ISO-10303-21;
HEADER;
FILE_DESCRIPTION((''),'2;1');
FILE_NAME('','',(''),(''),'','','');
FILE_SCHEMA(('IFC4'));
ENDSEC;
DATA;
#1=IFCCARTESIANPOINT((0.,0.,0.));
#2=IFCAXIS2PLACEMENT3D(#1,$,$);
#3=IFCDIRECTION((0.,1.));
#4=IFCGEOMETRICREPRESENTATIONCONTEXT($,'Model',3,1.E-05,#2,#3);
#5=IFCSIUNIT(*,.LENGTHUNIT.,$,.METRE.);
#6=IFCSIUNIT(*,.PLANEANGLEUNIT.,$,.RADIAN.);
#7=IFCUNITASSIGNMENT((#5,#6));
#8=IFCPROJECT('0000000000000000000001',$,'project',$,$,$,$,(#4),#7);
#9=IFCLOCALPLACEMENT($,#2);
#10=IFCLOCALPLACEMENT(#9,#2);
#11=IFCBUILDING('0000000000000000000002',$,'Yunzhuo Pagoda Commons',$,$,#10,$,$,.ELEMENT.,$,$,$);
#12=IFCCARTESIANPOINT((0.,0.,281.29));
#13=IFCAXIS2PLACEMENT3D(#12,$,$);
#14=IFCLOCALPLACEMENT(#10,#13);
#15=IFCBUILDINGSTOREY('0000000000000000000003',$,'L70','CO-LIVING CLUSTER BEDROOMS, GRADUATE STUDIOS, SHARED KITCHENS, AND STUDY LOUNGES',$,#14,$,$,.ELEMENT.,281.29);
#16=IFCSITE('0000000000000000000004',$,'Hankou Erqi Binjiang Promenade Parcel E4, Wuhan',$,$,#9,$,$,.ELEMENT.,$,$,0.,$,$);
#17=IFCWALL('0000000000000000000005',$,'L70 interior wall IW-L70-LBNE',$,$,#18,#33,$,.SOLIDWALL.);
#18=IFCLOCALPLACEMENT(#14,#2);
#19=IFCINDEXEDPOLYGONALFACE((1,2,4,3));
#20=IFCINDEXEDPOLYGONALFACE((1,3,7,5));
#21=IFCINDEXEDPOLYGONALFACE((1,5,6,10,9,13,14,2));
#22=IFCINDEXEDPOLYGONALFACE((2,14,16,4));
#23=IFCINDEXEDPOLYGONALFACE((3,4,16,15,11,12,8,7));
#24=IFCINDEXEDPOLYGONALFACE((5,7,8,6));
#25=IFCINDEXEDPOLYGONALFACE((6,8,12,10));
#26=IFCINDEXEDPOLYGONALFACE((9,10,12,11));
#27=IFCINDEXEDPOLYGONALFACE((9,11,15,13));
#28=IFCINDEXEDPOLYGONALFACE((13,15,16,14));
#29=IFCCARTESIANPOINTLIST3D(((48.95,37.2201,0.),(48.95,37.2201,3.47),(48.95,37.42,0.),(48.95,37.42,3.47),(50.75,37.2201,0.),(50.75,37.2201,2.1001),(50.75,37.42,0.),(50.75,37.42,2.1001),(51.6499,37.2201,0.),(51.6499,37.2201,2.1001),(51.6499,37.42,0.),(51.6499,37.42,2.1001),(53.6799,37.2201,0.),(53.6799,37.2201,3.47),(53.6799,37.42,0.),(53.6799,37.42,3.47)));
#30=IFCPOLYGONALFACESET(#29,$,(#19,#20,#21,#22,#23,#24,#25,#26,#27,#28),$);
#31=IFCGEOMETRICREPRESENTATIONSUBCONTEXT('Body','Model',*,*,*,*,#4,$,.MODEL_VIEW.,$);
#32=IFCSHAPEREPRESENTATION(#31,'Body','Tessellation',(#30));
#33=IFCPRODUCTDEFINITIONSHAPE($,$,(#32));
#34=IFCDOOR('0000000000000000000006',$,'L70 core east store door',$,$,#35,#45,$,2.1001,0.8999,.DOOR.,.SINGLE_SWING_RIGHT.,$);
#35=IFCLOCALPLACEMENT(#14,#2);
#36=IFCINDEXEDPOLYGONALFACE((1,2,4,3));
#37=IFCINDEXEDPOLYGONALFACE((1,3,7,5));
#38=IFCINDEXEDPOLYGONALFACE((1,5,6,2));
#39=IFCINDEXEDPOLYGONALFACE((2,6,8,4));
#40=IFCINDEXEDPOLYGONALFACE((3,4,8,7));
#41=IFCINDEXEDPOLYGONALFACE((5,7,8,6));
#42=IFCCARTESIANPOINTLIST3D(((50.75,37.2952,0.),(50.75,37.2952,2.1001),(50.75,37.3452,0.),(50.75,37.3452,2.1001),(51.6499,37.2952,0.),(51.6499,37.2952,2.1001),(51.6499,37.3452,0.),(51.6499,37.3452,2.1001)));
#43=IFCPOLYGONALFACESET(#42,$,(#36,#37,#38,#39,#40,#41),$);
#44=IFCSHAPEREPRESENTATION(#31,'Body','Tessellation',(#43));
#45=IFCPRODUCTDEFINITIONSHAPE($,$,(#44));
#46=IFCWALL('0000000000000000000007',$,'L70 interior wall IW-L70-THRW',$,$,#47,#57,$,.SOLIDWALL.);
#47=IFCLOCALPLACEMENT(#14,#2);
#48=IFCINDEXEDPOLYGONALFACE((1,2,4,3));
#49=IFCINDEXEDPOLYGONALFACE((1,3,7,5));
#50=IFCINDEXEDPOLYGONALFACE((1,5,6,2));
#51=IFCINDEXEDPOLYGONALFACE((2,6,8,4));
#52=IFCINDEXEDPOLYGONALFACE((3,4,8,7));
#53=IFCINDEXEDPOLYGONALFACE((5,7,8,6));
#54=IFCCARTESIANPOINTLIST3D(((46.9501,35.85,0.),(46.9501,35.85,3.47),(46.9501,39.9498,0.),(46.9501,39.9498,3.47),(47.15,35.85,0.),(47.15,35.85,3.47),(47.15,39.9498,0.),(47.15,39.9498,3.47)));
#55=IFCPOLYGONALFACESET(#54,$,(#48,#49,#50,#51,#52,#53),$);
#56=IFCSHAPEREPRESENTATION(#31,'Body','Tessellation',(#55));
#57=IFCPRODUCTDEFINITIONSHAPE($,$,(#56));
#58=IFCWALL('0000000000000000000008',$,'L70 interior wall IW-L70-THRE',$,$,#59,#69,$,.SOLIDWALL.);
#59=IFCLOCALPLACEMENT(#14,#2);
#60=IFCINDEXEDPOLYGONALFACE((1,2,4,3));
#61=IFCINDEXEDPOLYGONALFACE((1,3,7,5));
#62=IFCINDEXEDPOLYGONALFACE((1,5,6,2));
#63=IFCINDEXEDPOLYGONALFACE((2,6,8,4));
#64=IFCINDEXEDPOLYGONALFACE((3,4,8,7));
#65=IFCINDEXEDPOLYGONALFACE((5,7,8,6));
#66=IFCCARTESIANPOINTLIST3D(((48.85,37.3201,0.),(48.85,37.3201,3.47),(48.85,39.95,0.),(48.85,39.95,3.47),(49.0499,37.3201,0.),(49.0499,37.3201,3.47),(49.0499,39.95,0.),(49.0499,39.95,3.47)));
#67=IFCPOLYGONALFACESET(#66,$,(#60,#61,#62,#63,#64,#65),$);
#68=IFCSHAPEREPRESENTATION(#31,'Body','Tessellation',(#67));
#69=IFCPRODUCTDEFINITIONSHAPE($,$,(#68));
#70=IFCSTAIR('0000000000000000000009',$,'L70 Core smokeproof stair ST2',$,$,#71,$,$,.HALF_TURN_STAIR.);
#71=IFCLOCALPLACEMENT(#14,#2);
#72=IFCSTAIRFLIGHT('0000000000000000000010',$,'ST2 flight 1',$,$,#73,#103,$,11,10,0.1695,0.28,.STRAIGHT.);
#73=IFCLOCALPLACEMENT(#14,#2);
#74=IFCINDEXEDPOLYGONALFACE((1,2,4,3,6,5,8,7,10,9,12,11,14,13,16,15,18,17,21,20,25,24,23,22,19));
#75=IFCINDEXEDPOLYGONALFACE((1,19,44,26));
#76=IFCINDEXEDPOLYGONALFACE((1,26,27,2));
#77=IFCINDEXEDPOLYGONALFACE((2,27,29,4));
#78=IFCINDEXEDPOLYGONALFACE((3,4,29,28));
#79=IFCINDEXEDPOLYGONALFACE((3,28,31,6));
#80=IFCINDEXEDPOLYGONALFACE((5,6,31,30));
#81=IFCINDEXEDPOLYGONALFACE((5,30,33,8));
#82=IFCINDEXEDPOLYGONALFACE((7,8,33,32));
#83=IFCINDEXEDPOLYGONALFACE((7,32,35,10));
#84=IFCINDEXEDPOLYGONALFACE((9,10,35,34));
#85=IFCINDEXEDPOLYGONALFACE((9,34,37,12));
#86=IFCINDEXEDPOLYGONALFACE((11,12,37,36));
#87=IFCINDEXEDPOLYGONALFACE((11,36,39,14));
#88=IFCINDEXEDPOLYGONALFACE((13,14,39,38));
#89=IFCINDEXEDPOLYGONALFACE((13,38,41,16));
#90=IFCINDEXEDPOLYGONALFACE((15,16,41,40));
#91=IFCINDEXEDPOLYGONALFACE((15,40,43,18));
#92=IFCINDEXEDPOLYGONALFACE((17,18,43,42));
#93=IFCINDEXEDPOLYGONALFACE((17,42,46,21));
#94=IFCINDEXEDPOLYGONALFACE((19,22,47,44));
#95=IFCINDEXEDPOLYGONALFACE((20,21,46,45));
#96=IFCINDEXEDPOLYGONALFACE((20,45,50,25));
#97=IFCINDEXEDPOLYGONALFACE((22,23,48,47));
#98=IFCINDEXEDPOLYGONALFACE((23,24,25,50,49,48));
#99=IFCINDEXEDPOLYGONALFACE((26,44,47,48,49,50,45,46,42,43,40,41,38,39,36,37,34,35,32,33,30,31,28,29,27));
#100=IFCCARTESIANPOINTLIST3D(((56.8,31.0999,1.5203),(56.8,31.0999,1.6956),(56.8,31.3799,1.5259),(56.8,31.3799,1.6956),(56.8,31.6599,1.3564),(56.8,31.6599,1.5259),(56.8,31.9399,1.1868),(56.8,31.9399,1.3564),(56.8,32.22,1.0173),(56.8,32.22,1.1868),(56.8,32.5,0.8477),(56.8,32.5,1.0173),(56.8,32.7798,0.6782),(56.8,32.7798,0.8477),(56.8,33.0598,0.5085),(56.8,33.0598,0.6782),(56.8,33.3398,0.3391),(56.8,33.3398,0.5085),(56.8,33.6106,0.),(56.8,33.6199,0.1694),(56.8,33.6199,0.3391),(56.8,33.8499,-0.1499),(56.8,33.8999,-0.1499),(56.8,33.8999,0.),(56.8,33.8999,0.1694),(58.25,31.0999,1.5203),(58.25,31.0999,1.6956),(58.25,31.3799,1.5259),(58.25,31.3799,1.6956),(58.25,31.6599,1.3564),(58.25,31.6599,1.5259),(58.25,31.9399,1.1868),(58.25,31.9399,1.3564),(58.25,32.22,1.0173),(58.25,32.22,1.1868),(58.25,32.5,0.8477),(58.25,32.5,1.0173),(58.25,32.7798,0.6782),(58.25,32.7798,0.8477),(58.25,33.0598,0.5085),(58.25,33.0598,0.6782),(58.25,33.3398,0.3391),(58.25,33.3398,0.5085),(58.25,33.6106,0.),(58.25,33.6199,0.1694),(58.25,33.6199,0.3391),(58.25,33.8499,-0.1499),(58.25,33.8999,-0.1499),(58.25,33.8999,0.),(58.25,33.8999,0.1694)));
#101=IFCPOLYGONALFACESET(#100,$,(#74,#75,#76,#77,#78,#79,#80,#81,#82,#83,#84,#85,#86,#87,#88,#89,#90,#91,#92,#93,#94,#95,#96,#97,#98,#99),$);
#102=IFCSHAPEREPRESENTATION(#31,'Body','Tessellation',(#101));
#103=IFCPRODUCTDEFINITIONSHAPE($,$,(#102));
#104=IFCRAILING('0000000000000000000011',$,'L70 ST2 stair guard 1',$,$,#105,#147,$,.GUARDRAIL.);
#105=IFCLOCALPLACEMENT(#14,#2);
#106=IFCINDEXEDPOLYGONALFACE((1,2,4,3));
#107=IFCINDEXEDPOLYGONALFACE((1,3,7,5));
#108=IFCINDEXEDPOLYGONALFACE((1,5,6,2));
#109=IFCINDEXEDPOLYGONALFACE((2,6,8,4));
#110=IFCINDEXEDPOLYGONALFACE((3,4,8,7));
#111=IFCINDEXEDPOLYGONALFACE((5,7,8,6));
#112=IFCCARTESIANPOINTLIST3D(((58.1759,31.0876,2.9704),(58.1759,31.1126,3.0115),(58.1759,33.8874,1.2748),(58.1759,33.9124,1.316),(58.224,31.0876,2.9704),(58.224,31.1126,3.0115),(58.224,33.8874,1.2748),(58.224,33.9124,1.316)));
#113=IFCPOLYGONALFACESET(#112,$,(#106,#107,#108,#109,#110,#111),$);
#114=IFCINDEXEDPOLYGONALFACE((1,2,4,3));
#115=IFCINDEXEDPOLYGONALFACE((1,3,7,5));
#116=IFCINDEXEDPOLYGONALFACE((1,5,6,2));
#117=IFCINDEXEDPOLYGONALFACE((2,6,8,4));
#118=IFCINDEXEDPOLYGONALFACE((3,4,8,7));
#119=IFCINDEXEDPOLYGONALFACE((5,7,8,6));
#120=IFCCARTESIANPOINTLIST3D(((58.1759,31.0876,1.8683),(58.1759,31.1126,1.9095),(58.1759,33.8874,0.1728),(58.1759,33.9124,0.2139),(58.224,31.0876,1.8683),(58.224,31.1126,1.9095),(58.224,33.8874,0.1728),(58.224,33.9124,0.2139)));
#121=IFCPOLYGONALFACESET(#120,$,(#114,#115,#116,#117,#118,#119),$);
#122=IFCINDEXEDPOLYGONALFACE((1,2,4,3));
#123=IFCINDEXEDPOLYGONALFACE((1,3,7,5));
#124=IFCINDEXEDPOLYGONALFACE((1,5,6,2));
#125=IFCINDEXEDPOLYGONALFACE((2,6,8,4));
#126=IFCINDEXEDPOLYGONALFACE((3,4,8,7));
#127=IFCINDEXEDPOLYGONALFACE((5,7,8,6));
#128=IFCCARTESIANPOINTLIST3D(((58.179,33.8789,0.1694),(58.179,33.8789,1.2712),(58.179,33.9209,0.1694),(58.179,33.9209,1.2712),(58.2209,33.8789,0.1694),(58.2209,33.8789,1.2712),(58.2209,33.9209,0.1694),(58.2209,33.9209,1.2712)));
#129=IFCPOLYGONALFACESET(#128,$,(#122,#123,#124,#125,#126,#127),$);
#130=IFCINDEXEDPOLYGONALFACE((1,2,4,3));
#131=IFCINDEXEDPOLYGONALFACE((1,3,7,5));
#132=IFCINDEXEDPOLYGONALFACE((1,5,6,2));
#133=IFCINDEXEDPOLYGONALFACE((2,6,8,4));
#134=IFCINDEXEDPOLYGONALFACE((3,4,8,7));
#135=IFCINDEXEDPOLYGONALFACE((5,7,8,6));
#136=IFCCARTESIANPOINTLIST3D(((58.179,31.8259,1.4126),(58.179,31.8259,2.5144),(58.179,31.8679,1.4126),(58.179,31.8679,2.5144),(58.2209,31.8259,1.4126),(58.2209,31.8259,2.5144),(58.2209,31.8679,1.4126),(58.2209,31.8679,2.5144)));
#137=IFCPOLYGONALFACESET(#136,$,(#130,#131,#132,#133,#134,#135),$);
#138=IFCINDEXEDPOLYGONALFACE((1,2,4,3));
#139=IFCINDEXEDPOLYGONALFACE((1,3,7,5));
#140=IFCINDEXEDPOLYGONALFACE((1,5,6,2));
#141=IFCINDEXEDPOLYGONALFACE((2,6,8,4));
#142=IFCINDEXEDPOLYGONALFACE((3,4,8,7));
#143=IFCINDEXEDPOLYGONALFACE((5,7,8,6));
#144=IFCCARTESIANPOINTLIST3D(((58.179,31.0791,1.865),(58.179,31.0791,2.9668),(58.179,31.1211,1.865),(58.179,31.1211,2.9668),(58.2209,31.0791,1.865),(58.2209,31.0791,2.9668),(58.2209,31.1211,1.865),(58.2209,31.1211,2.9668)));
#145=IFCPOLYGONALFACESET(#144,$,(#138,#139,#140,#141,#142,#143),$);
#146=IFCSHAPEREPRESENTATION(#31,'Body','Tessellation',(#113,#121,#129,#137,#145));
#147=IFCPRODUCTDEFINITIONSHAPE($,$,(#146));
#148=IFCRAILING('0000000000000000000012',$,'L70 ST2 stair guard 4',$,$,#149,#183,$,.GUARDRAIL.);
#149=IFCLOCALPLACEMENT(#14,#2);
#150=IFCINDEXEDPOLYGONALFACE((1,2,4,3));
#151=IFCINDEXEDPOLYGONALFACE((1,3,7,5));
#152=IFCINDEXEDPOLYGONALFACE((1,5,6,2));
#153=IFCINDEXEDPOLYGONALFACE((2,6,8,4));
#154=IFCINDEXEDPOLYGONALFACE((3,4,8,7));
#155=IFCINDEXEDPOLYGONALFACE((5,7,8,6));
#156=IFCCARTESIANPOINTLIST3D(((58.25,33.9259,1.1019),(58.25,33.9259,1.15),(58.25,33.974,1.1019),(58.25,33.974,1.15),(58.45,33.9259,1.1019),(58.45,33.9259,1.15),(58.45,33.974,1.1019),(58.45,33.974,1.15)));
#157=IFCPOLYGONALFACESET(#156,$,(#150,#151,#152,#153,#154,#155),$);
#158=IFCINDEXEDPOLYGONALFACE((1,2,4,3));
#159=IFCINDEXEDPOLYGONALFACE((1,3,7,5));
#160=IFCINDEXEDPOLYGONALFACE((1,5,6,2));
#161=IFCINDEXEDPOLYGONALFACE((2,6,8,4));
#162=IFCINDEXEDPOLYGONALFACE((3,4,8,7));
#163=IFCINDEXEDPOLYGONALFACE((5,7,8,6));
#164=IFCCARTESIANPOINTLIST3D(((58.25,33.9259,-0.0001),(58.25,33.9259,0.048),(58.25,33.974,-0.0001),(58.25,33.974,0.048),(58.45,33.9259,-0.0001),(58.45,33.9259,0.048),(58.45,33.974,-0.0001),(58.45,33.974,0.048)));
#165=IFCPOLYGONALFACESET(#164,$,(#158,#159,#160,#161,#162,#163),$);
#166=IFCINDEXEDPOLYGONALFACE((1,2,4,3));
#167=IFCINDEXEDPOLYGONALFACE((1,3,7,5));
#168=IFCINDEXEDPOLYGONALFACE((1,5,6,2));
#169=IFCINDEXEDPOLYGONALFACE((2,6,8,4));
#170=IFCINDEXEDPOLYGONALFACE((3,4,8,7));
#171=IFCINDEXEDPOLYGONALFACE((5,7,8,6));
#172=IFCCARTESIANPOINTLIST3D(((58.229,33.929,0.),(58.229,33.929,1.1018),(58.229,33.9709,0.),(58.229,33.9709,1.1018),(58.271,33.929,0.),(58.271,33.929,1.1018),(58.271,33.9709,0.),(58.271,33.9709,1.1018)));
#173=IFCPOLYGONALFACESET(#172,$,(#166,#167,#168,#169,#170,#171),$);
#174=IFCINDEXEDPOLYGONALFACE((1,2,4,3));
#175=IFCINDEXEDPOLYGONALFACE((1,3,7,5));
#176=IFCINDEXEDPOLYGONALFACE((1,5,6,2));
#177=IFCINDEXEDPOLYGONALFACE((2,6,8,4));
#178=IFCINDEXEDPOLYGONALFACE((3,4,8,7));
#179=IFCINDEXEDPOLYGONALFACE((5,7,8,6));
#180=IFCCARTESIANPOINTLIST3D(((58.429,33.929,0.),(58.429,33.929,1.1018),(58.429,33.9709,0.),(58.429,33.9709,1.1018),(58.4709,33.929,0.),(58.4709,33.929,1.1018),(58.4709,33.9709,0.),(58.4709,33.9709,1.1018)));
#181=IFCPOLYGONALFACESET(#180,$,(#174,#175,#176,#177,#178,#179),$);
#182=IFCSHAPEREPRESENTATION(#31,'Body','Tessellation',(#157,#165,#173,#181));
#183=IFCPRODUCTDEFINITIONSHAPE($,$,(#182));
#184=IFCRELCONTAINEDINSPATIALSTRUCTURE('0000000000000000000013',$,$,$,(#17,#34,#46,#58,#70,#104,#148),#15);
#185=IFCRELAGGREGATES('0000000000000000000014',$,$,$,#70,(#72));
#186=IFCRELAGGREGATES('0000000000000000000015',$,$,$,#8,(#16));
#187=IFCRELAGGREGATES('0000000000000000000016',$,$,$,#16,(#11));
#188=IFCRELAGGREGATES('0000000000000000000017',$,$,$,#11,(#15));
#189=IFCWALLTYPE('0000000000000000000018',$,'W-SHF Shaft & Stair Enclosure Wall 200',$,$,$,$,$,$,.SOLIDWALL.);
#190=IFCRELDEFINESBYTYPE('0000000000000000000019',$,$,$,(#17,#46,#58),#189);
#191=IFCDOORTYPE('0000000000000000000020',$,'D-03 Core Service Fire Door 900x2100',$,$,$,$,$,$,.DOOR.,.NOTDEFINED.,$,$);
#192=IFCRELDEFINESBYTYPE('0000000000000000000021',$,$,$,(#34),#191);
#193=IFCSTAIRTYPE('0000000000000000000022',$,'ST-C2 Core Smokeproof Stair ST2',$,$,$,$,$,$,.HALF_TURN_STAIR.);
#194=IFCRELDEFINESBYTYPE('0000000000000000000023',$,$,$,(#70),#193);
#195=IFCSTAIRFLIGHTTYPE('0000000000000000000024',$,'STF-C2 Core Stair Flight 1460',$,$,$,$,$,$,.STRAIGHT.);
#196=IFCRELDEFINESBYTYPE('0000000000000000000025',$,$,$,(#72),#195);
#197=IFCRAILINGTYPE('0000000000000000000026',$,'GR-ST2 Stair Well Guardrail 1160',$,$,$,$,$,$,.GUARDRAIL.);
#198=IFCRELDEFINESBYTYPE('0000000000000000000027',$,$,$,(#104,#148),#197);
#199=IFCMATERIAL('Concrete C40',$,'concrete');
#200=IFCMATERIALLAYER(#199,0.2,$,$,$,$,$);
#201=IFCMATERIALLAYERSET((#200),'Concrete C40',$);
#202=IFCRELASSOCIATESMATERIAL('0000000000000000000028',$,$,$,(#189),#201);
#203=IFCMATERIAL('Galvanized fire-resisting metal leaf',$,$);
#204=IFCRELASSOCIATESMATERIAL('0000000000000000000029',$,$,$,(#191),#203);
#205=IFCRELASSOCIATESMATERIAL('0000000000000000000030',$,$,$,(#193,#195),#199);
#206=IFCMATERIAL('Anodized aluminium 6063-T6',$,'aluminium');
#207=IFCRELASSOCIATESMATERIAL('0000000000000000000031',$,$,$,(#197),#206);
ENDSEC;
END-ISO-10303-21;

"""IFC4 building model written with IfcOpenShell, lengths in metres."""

from ifc_helpers import new_model, si_unit, direction, frame, frame_2d, origin, origin_2d, place, context, subcontext, project, spatial, polyline, rectangle, outline, extrude, source, transform, mapped, material, layer, layer_set, type_object, element, fill, aggregate, save


model = new_model("IFC4")

# Units and contexts
model_context = context("Model", 3, precision=1e-05, world=origin(), true_north=direction((0.0, 1.0)))
body_context = subcontext(model_context, "Body", "Model", "MODEL_VIEW")
ifc_project = project(units=[si_unit("LENGTHUNIT", "METRE"), si_unit("PLANEANGLEUNIT", "RADIAN")], contexts=[model_context])

# Site, building, storey
site_placement = place(None, origin())
site = spatial("IfcSite", under=ifc_project, at=site_placement, Name="Hankou Erqi Binjiang Promenade Parcel E4, Wuhan", CompositionType="ELEMENT", RefElevation=0.0)
building_placement = place(site_placement, origin())
building = spatial("IfcBuilding", under=site, at=building_placement, Name="Yunzhuo Pagoda Commons", CompositionType="ELEMENT")
storey_placement = place(building_placement, frame((0.0, 0.0, 281.29)))
storey = spatial("IfcBuildingStorey", under=building, at=storey_placement, Name="L70", Description="CO-LIVING CLUSTER BEDROOMS, GRADUATE STUDIOS, SHARED KITCHENS, AND STUDY LOUNGES", CompositionType="ELEMENT", Elevation=281.29)

# Shared definitions
ifc_material_1 = material(Name="Galvanized fire-resisting metal leaf")

# Shared definitions
ifc_material_2 = material(Name="Concrete C40", Category="concrete")
ifc_layer_1 = layer(ifc_material_2, 0.2)
ifc_layer_set_1 = layer_set([ifc_layer_1], Name="Concrete C40")
wall_type_1 = type_object("IfcWallType", Name="W-SHF Shaft & Stair Enclosure Wall 200", PredefinedType="SOLIDWALL", material=ifc_layer_set_1)

# Wall, opening, door
wall_1_placement = place(storey_placement, frame((48.95, 37.3201, 0.0), z_axis=(0.0, 0.0, 1.0), x_axis=(1.0, 0.0, 0.0)))
wall_1 = element("IfcWall", 1, at=wall_1_placement, inside=storey, type_object=wall_type_1, Name="L70 interior wall IW-L70-LBNE", PredefinedType="SOLIDWALL", context=body_context, shape_type="SweptSolid", body=[
    extrude(rectangle(XDim=4.73, YDim=0.2, at=frame_2d((2.365, 0.0))), origin(), (0.0, 0.0, 1.0), 3.47),
])
opening_1_placement = place(wall_1_placement, frame((1.8, 0.0, 0.0)))
opening_1 = element("IfcOpeningElement", 2, at=opening_1_placement, cuts=wall_1, PredefinedType="OPENING", context=body_context, shape_type="SweptSolid", body=[
    extrude(rectangle(XDim=0.8999, YDim=2.1001, at=frame_2d((0.45, 1.05))), frame((0.0, 0.1099, 0.0), z_axis=(0.0, -1.0, 0.0), x_axis=(1.0, 0.0, 0.0)), (0.0, 0.0, 1.0), 0.22),
])
door_type_1 = type_object("IfcDoorType", Name="D-03 Core Service Fire Door 900x2100", OperationType="NOTDEFINED", PredefinedType="DOOR", material=ifc_material_1)
shared_shape_1 = source(origin(), body_context, "Body", "SweptSolid", [
    extrude(rectangle(XDim=0.8999, YDim=2.1001, at=frame_2d((0.45, 1.05))), frame((0.0, 0.0249, 0.0), z_axis=(0.0, -1.0, 0.0), x_axis=(1.0, 0.0, 0.0)), (0.0, 0.0, 1.0), 0.05),
])
door_1_placement = place(opening_1_placement, frame((0.8999, 0.0, 0.0), z_axis=(0.0, 0.0, 1.0), x_axis=(-1.0, 0.0, 0.0)))
door_1 = element("IfcDoor", 3, at=door_1_placement, inside=storey, type_object=door_type_1, Name="L70 core east store door", OperationType="SINGLE_SWING_RIGHT", OverallHeight=2.1001, OverallWidth=0.8999, PredefinedType="DOOR", context=body_context, shape_type="MappedRepresentation", body=[
    mapped(shared_shape_1, transform((0.0, 0.0, 0.0), scale=1.0)),
])
fill(opening_1, door_1)

# Walls
wall_2_placement = place(storey_placement, frame((47.05, 35.8501, 0.0), z_axis=(0.0, 0.0, 1.0), x_axis=(0.0, 1.0, 0.0)))
element("IfcWall", 4, at=wall_2_placement, inside=storey, type_object=wall_type_1, Name="L70 interior wall IW-L70-THRW", PredefinedType="SOLIDWALL", context=body_context, shape_type="SweptSolid", body=[
    extrude(rectangle(XDim=4.0999, YDim=0.2, at=frame_2d((2.0498, 0.0))), origin(), (0.0, 0.0, 1.0), 3.47),
])
wall_3_placement = place(storey_placement, frame((48.95, 37.3201, 0.0), z_axis=(0.0, 0.0, 1.0), x_axis=(0.0, 1.0, 0.0)))
element("IfcWall", 5, at=wall_3_placement, inside=storey, type_object=wall_type_1, Name="L70 interior wall IW-L70-THRE", PredefinedType="SOLIDWALL", context=body_context, shape_type="SweptSolid", body=[
    extrude(rectangle(XDim=2.6299, YDim=0.2, at=frame_2d((1.3149, 0.0))), origin(), (0.0, 0.0, 1.0), 3.47),
])

# Stair, stair flight
stair_type = type_object("IfcStairType", Name="ST-C2 Core Smokeproof Stair ST2", PredefinedType="HALF_TURN_STAIR", material=ifc_material_2)
stair_placement = place(storey_placement, origin())
stair = element("IfcStair", 6, at=stair_placement, inside=storey, type_object=stair_type, Name="L70 Core smokeproof stair ST2", PredefinedType="HALF_TURN_STAIR")
stair_flight_type = type_object("IfcStairFlightType", Name="STF-C2 Core Stair Flight 1460", PredefinedType="STRAIGHT", material=ifc_material_2)
shared_shape_2 = source(origin(), body_context, "Body", "SweptSolid", [
    extrude(outline(polyline([(0.0, -0.1499), (0.0, 0.0), (0.0, 0.1694), (0.28, 0.1694), (0.28, 0.3391), (0.5601, 0.3391), (0.5601, 0.5085), (0.8401, 0.5085), (0.8401, 0.6782), (1.1201, 0.6782), (1.1201, 0.8477), (1.3999, 0.8477), (1.3999, 1.0173), (1.6799, 1.0173), (1.6799, 1.1868), (1.96, 1.1868), (1.96, 1.3564), (2.24, 1.3564), (2.24, 1.5259), (2.52, 1.5259), (2.52, 1.6956), (2.8, 1.6956), (2.8, 1.865), (2.8, 1.5203), (0.2893, 0.0), (0.05, -0.1499), (0.0, -0.1499)])), frame((0.0, 0.7251, 0.0), z_axis=(0.0, -1.0, 0.0), x_axis=(1.0, 0.0, 0.0)), (0.0, 0.0, 1.0), 1.45),
])
stair_flight_placement = place(storey_placement, frame((57.5249, 33.8999, 0.0), z_axis=(0.0, 0.0, 1.0), x_axis=(0.0, -1.0, 0.0)))
stair_flight = element("IfcStairFlight", 7, at=stair_flight_placement, type_object=stair_flight_type, Name="ST2 flight 1", NumberOfRisers=11, NumberOfTreads=10, PredefinedType="STRAIGHT", RiserHeight=0.1695, TreadLength=0.28, context=body_context, shape_type="MappedRepresentation", body=[
    mapped(shared_shape_2, transform((0.0, 0.0, 0.0), scale=1.0)),
])
aggregate(stair, [stair_flight])

# Railings
ifc_material_3 = material(Name="Anodized aluminium 6063-T6", Category="aluminium")
railing_type = type_object("IfcRailingType", Name="GR-ST2 Stair Well Guardrail 1160", PredefinedType="GUARDRAIL", material=ifc_material_3)
railing_1_placement = place(storey_placement, frame((58.2, 33.8999, 0.1694)))
element("IfcRailing", 8, at=railing_1_placement, inside=storey, type_object=railing_type, Name="L70 ST2 stair guard 1", PredefinedType="GUARDRAIL", context=body_context, shape_type="SweptSolid", body=[
    extrude(rectangle(XDim=0.0481, YDim=0.0481, at=origin_2d()), frame((0.0, 0.0, 1.126), z_axis=(0.0, -0.855373, 0.518012), x_axis=(1.0, 0.0, 0.0)), (0.0, 0.0, 1.0), 3.2732),
    extrude(rectangle(XDim=0.0481, YDim=0.0481, at=origin_2d()), frame((0.0, 0.0, 0.0239), z_axis=(0.0, -0.855373, 0.518012), x_axis=(1.0, 0.0, 0.0)), (0.0, 0.0, 1.0), 3.2732),
    extrude(rectangle(XDim=0.042, YDim=0.042, at=origin_2d()), origin(), (0.0, 0.0, 1.0), 1.1018),
    extrude(rectangle(XDim=0.042, YDim=0.042, at=origin_2d()), frame((0.0, -2.053, 1.2432)), (0.0, 0.0, 1.0), 1.1018),
    extrude(rectangle(XDim=0.042, YDim=0.042, at=origin_2d()), frame((0.0, -2.7998, 1.6956)), (0.0, 0.0, 1.0), 1.1018),
])
railing_2_placement = place(storey_placement, frame((58.25, 33.95, 0.0)))
element("IfcRailing", 9, at=railing_2_placement, inside=storey, type_object=railing_type, Name="L70 ST2 stair guard 4", PredefinedType="GUARDRAIL", context=body_context, shape_type="SweptSolid", body=[
    extrude(rectangle(XDim=0.0481, YDim=0.0481, at=origin_2d()), frame((0.0, 0.0, 1.126), z_axis=(1.0, 0.0, 0.0), x_axis=(0.0, 1.0, 0.0)), (0.0, 0.0, 1.0), 0.2),
    extrude(rectangle(XDim=0.0481, YDim=0.0481, at=origin_2d()), frame((0.0, 0.0, 0.0239), z_axis=(1.0, 0.0, 0.0), x_axis=(0.0, 1.0, 0.0)), (0.0, 0.0, 1.0), 0.2),
    extrude(rectangle(XDim=0.042, YDim=0.042, at=origin_2d()), origin(), (0.0, 0.0, 1.0), 1.1018),
    extrude(rectangle(XDim=0.042, YDim=0.042, at=origin_2d()), frame((0.2, 0.0, 0.0)), (0.0, 0.0, 1.0), 1.1018),
])

save(model, "model.ifc")
